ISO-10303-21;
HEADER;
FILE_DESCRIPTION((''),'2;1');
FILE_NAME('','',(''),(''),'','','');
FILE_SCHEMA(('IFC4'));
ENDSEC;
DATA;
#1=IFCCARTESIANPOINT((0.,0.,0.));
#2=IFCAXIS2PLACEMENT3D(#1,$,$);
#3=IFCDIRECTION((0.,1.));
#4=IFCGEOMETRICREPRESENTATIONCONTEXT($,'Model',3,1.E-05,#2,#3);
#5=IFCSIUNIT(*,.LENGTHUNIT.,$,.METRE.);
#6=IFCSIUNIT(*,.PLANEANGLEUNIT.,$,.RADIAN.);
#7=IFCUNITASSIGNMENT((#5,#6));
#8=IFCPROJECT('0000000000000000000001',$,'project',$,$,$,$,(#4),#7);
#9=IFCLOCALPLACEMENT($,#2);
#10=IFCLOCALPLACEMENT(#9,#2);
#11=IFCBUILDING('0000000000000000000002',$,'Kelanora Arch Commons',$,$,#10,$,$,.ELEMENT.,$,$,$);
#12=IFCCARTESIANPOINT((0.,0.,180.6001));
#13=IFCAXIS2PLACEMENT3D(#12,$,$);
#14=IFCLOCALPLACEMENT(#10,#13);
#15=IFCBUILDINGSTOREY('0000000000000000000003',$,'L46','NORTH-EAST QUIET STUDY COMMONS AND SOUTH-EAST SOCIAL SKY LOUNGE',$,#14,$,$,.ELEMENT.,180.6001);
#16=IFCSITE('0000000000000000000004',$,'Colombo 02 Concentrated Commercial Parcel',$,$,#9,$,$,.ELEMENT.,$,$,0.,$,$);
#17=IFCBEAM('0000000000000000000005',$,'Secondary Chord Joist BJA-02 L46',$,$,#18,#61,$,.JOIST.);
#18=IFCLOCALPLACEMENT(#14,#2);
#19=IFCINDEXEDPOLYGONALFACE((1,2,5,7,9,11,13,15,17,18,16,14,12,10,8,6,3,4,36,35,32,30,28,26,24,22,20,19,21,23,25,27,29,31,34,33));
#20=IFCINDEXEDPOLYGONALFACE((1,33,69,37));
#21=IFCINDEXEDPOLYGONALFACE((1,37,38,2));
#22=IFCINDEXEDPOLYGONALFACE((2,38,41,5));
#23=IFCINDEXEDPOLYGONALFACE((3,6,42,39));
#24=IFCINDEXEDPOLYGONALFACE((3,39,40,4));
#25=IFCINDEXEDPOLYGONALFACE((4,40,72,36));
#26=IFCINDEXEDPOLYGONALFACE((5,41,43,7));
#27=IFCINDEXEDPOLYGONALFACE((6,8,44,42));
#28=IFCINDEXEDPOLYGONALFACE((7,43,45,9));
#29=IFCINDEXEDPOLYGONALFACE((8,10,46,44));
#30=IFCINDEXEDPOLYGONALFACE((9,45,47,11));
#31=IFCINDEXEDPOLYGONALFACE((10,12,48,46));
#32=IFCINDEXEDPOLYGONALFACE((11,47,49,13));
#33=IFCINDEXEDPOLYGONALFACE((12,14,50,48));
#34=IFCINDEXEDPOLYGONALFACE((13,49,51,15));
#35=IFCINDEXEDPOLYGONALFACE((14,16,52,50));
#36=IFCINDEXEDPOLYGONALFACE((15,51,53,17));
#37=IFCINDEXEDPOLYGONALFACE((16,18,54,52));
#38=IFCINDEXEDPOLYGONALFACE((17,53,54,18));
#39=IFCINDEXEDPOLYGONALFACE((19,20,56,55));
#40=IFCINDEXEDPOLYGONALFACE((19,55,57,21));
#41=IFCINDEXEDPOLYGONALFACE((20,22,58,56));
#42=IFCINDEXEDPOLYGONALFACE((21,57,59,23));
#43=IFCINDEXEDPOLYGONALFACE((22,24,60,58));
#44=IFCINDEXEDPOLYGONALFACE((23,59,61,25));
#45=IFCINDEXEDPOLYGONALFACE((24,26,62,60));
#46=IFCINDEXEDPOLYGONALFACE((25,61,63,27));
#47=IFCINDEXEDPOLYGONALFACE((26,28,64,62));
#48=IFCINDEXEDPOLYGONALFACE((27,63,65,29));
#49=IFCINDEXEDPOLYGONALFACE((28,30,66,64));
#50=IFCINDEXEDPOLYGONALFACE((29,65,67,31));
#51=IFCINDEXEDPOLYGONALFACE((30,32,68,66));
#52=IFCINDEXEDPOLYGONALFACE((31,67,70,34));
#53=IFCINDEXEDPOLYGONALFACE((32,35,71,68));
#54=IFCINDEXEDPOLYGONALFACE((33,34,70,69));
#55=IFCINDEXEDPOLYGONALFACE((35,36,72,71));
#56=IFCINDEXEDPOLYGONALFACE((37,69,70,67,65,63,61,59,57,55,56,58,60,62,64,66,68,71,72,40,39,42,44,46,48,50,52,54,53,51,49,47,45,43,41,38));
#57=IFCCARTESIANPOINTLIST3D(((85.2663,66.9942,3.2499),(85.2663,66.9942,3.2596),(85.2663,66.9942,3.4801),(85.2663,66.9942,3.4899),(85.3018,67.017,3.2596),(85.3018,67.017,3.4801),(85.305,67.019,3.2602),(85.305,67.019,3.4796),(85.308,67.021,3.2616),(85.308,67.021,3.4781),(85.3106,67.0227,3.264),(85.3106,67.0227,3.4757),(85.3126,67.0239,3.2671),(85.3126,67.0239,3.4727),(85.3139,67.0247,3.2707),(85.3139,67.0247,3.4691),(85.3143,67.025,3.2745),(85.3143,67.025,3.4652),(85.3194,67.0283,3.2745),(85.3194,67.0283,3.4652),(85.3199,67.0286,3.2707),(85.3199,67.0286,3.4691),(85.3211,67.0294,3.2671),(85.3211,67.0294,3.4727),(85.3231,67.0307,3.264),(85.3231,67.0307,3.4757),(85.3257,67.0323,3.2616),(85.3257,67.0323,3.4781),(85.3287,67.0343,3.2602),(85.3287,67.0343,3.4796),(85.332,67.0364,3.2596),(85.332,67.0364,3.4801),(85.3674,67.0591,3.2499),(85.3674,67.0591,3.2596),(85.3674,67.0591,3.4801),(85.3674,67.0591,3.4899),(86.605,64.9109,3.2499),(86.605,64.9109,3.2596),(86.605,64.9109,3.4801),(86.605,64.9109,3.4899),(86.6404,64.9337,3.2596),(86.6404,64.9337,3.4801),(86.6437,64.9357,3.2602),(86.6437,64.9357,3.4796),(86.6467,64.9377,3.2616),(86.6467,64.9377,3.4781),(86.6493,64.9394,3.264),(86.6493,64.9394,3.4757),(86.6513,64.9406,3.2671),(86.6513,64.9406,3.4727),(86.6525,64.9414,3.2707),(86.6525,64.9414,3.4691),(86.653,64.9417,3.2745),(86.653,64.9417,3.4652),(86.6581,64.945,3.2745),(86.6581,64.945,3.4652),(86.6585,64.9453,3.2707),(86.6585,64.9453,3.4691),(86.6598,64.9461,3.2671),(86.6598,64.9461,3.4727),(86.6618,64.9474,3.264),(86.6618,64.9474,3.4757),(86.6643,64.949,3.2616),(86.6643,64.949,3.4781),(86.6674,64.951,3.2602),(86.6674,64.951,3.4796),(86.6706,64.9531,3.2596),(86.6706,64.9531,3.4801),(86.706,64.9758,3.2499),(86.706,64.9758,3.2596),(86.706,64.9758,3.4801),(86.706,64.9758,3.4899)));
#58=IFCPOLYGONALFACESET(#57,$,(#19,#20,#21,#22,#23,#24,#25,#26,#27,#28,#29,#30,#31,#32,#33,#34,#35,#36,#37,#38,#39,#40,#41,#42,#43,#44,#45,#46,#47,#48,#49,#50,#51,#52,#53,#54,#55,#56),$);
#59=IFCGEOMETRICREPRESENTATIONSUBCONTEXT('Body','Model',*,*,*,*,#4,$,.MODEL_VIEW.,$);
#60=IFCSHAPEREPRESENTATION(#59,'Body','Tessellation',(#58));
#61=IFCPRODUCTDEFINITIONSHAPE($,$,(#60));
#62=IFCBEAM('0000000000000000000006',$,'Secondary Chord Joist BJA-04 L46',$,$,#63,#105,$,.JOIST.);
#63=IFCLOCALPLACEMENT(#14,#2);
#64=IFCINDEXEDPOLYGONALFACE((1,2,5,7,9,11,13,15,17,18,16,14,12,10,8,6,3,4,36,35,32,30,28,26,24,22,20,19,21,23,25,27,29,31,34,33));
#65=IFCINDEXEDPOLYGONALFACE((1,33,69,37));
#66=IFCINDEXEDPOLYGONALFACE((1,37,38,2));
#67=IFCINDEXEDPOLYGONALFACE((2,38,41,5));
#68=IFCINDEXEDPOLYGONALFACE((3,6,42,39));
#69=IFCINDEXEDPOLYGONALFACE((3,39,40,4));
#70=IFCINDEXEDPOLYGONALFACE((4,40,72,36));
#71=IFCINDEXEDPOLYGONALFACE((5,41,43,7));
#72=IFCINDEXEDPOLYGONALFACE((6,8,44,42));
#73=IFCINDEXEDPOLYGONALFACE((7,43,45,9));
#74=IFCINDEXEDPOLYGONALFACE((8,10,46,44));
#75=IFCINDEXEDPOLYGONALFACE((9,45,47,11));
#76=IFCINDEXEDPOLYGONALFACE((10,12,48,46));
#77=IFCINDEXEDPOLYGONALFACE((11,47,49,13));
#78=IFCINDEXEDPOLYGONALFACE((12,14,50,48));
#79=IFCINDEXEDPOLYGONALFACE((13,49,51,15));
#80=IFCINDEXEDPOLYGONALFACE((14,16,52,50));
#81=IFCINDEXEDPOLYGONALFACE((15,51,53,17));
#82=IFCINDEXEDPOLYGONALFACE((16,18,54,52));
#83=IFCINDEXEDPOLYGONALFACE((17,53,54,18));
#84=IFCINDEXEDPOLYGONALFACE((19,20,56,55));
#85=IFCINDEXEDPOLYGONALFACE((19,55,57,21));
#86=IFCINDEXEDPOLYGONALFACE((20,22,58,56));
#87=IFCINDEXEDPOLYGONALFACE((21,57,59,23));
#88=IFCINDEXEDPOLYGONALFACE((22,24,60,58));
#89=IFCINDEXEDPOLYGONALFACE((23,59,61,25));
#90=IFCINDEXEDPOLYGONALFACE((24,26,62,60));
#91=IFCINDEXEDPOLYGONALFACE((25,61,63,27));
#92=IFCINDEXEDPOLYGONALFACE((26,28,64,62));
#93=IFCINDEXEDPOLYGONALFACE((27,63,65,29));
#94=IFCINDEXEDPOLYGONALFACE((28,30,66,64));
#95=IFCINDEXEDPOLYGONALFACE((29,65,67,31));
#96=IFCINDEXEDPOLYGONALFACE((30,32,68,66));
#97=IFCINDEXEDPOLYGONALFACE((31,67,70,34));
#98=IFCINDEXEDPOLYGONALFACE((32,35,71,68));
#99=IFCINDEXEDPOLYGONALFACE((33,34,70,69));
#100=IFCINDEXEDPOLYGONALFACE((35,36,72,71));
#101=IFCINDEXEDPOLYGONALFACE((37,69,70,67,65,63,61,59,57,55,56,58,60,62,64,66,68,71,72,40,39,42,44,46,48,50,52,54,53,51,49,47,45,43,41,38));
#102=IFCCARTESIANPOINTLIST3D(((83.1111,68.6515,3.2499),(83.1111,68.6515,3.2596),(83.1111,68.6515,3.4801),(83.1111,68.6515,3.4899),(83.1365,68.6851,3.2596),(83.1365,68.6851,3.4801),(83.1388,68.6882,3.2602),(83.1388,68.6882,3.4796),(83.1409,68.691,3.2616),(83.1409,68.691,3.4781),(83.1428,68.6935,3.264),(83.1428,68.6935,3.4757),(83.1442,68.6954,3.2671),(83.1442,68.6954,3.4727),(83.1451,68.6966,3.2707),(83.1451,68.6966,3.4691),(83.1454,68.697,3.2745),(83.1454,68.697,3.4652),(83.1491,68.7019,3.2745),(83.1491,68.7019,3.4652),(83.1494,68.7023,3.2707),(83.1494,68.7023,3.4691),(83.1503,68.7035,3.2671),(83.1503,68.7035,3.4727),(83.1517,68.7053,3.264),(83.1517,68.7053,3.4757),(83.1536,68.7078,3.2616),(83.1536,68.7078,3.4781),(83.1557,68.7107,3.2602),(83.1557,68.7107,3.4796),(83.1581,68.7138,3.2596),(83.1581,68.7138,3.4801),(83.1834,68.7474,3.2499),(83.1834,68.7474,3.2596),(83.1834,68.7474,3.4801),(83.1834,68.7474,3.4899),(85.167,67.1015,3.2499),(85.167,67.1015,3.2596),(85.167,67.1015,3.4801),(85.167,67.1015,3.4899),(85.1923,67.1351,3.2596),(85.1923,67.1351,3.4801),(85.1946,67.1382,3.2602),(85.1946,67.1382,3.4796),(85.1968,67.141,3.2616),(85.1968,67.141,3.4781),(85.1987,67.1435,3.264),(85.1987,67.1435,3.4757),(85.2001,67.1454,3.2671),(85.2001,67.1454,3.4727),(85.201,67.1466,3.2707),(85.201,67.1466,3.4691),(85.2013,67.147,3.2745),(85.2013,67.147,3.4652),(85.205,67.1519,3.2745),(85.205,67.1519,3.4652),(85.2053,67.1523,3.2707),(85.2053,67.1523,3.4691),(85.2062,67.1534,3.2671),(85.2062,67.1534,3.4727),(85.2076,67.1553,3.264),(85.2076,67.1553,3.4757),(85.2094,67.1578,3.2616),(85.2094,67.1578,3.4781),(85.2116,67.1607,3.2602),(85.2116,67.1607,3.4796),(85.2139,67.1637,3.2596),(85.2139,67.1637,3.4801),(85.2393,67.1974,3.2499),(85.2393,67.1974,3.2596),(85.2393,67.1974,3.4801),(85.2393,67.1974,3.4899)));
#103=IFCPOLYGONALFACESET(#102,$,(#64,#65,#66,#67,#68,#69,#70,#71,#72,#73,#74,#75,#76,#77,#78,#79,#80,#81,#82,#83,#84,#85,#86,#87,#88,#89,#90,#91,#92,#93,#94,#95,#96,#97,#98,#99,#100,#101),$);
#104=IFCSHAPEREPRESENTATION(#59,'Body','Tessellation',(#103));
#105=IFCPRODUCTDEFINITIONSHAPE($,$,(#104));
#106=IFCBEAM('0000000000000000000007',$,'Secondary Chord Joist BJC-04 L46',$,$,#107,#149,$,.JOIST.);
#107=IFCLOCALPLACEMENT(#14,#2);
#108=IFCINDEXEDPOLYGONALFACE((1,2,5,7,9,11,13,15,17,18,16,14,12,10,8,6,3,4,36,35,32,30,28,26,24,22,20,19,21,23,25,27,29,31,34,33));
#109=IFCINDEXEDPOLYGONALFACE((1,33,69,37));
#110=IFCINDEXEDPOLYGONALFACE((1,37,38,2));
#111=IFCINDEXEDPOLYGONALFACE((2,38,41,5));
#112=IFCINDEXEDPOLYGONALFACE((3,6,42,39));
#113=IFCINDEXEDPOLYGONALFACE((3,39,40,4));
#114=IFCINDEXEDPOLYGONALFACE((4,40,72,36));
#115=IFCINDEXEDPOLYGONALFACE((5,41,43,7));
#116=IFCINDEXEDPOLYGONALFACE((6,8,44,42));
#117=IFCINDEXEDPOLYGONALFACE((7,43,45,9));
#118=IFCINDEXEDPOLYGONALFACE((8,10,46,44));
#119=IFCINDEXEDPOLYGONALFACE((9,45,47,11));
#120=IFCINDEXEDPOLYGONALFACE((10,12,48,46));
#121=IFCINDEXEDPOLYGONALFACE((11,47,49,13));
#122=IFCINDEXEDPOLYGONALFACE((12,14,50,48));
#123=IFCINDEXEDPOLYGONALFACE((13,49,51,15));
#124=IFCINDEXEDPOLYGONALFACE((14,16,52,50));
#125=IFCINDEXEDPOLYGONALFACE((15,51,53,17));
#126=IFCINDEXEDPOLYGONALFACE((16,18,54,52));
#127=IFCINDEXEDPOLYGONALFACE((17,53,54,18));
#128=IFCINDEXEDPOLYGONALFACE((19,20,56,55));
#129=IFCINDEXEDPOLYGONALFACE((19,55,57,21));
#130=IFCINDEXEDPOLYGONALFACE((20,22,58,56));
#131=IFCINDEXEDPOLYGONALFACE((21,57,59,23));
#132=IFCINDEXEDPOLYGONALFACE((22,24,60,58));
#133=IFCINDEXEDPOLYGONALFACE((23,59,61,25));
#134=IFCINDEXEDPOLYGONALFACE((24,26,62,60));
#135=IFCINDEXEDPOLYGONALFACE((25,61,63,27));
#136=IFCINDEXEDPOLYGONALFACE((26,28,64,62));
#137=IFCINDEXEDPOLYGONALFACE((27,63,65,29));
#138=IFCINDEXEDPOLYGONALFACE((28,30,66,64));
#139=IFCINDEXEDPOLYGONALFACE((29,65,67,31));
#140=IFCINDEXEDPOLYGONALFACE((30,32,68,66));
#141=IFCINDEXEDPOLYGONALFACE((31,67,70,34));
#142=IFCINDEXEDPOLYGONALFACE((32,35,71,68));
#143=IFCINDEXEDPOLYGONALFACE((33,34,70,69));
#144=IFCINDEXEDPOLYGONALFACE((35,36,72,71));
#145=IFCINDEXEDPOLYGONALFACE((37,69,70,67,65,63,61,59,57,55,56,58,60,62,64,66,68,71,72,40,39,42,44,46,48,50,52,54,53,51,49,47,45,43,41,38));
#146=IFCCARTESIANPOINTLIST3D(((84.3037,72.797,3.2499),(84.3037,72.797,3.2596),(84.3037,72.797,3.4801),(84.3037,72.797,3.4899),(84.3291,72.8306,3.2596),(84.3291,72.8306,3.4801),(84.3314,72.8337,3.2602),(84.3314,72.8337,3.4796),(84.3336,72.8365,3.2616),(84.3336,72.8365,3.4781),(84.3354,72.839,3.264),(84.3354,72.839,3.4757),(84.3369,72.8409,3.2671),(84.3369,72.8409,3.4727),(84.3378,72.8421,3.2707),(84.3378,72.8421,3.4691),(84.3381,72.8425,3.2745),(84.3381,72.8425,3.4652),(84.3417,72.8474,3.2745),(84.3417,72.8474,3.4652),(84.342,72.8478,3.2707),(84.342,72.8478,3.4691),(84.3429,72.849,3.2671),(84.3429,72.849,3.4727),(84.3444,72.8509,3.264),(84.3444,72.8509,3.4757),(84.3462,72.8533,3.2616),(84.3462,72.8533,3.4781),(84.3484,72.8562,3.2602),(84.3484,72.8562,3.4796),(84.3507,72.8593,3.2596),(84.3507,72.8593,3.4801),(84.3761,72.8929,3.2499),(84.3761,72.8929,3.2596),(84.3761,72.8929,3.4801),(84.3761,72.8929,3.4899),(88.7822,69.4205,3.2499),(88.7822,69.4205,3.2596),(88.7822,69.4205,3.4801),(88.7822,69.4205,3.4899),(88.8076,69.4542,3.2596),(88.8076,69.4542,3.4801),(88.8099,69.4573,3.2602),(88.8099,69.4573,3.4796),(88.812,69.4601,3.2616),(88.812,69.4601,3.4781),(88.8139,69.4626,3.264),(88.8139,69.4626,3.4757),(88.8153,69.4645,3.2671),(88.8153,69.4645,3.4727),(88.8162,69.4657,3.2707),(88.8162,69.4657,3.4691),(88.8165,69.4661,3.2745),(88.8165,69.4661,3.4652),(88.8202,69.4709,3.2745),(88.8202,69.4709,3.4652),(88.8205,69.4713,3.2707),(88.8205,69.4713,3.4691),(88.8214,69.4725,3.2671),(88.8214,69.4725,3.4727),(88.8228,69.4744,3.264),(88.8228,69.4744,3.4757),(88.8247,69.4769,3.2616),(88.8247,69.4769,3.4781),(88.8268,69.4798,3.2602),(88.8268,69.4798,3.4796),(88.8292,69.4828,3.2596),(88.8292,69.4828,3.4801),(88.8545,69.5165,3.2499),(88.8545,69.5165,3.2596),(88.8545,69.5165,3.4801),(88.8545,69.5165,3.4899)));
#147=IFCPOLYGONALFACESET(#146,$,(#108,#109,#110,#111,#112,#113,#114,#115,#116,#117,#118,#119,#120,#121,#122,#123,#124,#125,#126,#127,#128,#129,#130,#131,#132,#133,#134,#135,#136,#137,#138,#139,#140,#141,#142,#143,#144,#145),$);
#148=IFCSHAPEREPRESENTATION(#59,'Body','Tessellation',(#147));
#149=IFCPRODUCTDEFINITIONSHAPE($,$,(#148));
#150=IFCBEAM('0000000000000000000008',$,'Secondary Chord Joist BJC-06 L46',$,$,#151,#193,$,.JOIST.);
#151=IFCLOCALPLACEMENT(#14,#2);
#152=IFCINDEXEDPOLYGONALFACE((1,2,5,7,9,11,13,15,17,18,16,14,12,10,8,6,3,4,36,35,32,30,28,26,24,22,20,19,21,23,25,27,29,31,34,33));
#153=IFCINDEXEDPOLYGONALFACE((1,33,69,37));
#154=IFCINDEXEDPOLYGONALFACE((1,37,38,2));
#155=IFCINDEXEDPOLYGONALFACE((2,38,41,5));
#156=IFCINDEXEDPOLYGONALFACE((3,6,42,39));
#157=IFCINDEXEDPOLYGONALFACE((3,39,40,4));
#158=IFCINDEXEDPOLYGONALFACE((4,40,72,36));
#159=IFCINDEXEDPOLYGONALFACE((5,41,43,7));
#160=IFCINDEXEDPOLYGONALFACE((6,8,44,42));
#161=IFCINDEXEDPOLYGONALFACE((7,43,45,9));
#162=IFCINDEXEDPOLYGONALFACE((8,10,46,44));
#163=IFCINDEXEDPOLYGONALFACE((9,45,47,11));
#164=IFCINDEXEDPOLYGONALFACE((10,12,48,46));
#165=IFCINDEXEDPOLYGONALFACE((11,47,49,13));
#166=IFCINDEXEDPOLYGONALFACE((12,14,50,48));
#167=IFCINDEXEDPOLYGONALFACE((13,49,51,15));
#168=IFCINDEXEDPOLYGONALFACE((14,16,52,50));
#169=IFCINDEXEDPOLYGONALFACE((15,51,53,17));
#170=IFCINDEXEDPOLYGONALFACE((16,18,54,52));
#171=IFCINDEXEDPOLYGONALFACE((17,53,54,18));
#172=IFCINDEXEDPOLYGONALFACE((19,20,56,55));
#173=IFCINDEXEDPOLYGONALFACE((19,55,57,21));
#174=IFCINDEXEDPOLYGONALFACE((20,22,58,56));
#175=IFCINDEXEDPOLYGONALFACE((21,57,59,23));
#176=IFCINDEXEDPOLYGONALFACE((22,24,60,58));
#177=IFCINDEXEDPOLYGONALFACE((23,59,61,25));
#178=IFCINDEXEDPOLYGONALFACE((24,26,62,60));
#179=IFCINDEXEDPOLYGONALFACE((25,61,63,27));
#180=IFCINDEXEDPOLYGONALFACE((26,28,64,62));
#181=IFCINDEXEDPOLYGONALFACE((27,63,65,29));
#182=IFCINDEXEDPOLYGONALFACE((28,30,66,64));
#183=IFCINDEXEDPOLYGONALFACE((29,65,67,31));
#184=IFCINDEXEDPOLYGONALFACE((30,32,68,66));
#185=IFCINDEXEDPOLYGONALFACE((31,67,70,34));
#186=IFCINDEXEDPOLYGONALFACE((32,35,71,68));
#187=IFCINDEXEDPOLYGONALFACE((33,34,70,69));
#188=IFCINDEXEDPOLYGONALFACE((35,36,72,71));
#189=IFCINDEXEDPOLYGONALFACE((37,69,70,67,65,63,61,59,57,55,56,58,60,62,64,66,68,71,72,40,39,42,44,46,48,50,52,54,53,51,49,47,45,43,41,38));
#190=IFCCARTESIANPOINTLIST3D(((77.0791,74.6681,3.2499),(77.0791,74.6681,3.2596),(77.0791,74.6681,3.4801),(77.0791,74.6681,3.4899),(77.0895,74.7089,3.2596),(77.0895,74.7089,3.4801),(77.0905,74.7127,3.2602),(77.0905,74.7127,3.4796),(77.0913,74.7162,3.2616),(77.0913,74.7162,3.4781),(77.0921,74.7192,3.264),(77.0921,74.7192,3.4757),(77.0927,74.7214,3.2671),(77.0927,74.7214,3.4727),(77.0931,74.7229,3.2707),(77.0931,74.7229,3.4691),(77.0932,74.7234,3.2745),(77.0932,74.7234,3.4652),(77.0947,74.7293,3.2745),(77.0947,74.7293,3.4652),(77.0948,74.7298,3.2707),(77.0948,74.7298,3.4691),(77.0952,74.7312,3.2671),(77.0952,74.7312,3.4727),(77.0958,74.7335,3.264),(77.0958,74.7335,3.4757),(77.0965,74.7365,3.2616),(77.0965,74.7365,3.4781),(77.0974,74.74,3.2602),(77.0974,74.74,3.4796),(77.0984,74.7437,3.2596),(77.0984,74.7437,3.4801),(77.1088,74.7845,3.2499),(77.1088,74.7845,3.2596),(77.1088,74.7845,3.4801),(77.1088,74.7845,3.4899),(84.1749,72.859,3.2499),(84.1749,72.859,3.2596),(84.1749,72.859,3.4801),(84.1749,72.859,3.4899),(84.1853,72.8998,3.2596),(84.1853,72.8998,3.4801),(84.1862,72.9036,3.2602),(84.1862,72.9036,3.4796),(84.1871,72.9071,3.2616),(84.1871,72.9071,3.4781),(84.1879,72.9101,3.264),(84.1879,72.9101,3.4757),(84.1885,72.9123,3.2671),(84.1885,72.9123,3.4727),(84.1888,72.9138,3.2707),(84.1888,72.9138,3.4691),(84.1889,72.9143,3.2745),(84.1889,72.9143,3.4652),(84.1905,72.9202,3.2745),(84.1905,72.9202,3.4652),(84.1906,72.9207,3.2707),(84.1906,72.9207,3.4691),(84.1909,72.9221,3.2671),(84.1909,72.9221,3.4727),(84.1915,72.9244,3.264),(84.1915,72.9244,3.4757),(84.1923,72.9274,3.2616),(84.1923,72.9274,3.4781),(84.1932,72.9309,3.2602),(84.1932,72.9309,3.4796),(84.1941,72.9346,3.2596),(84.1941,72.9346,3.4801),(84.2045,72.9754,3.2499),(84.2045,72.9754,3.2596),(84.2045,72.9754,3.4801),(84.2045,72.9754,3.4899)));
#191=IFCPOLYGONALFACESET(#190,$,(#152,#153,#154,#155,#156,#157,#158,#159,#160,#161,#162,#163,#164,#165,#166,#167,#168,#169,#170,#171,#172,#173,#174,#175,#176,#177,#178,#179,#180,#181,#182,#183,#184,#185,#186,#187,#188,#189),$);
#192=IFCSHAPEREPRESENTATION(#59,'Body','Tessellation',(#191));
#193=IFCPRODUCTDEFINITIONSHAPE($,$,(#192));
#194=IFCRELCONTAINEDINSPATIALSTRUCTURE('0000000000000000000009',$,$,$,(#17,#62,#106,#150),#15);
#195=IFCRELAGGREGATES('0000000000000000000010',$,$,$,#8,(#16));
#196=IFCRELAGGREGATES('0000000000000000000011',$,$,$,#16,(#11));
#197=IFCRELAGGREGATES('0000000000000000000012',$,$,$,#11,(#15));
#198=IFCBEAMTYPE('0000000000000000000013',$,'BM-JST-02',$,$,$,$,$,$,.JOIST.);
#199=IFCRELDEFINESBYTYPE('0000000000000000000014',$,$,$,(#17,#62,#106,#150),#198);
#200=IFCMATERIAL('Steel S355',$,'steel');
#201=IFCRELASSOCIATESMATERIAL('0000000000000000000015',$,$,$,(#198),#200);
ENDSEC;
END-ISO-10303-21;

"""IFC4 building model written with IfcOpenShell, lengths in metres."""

from ifc_helpers import new_model, si_unit, direction, frame, origin, origin_2d, place, context, subcontext, project, spatial, i_section, extrude, material, material_profile, profile_set, type_object, element, save


model = new_model("IFC4")

# Units and contexts
model_context = context("Model", 3, precision=1e-05, world=origin(), true_north=direction((0.0, 1.0)))
body_context = subcontext(model_context, "Body", "Model", "MODEL_VIEW")
ifc_project = project(units=[si_unit("LENGTHUNIT", "METRE"), si_unit("PLANEANGLEUNIT", "RADIAN")], contexts=[model_context])

# Site, building, storey
site_placement = place(None, origin())
site = spatial("IfcSite", under=ifc_project, at=site_placement, Name="Colombo 02 Concentrated Commercial Parcel", CompositionType="ELEMENT", RefElevation=0.0)
building_placement = place(site_placement, origin())
building = spatial("IfcBuilding", under=site, at=building_placement, Name="Kelanora Arch Commons", CompositionType="ELEMENT")
storey_placement = place(building_placement, frame((0.0, 0.0, 180.6001)))
storey = spatial("IfcBuildingStorey", under=building, at=storey_placement, Name="L46", Description="NORTH-EAST QUIET STUDY COMMONS AND SOUTH-EAST SOCIAL SKY LOUNGE", CompositionType="ELEMENT", Elevation=180.6001)

# Beams
ifc_material_1 = material(Name="Steel S355", Category="steel")
ifc_material_profile_1 = material_profile(ifc_material_1, i_section(OverallWidth=0.1201, OverallDepth=0.24, WebThickness=0.0061, FlangeThickness=0.0098, FilletRadius=0.0149, at=origin_2d()), Name="IPE240")
ifc_profile_set_1 = profile_set([ifc_material_profile_1], Name="Steel S355")
beam_type_1 = type_object("IfcBeamType", Name="BM-JST-02", PredefinedType="JOIST", material=ifc_profile_set_1)
beam_1_placement = place(storey_placement, frame((86.6555, 64.9434, 3.3699), z_axis=(-0.540583, 0.841291, 0.0), x_axis=(-0.841291, -0.540583, 0.0)))
element("IfcBeam", 1, at=beam_1_placement, inside=storey, type_object=beam_type_1, Name="Secondary Chord Joist BJA-02 L46", PredefinedType="JOIST", context=body_context, shape_type="SweptSolid", body=[
    extrude(i_section(OverallWidth=0.1201, OverallDepth=0.24, WebThickness=0.0061, FlangeThickness=0.0098, FilletRadius=0.0149, at=origin_2d()), origin(), (0.0, 0.0, 1.0), 2.4763),
])
beam_2_placement = place(storey_placement, frame((85.2031, 67.1494, 3.3699), z_axis=(-0.798484, 0.602016, 0.0), x_axis=(-0.602016, -0.798484, 0.0)))
element("IfcBeam", 2, at=beam_2_placement, inside=storey, type_object=beam_type_1, Name="Secondary Chord Joist BJA-04 L46", PredefinedType="JOIST", context=body_context, shape_type="SweptSolid", body=[
    extrude(i_section(OverallWidth=0.1201, OverallDepth=0.24, WebThickness=0.0061, FlangeThickness=0.0098, FilletRadius=0.0149, at=origin_2d()), origin(), (0.0, 0.0, 1.0), 2.5747),
])
beam_3_placement = place(storey_placement, frame((88.8184, 69.4685, 3.3699), z_axis=(-0.798493, 0.602004, 0.0), x_axis=(-0.602004, -0.798493, 0.0)))
element("IfcBeam", 3, at=beam_3_placement, inside=storey, type_object=beam_type_1, Name="Secondary Chord Joist BJC-04 L46", PredefinedType="JOIST", context=body_context, shape_type="SweptSolid", body=[
    extrude(i_section(OverallWidth=0.1201, OverallDepth=0.24, WebThickness=0.0061, FlangeThickness=0.0098, FilletRadius=0.0149, at=origin_2d()), origin(), (0.0, 0.0, 1.0), 5.6086),
])
beam_4_placement = place(storey_placement, frame((84.1897, 72.9172, 3.3699), z_axis=(-0.969002, 0.247052, 0.0), x_axis=(-0.247052, -0.969002, 0.0)))
element("IfcBeam", 4, at=beam_4_placement, inside=storey, type_object=beam_type_1, Name="Secondary Chord Joist BJC-06 L46", PredefinedType="JOIST", context=body_context, shape_type="SweptSolid", body=[
    extrude(i_section(OverallWidth=0.1201, OverallDepth=0.24, WebThickness=0.0061, FlangeThickness=0.0098, FilletRadius=0.0149, at=origin_2d()), origin(), (0.0, 0.0, 1.0), 7.3228),
])

save(model, "model.ifc")
